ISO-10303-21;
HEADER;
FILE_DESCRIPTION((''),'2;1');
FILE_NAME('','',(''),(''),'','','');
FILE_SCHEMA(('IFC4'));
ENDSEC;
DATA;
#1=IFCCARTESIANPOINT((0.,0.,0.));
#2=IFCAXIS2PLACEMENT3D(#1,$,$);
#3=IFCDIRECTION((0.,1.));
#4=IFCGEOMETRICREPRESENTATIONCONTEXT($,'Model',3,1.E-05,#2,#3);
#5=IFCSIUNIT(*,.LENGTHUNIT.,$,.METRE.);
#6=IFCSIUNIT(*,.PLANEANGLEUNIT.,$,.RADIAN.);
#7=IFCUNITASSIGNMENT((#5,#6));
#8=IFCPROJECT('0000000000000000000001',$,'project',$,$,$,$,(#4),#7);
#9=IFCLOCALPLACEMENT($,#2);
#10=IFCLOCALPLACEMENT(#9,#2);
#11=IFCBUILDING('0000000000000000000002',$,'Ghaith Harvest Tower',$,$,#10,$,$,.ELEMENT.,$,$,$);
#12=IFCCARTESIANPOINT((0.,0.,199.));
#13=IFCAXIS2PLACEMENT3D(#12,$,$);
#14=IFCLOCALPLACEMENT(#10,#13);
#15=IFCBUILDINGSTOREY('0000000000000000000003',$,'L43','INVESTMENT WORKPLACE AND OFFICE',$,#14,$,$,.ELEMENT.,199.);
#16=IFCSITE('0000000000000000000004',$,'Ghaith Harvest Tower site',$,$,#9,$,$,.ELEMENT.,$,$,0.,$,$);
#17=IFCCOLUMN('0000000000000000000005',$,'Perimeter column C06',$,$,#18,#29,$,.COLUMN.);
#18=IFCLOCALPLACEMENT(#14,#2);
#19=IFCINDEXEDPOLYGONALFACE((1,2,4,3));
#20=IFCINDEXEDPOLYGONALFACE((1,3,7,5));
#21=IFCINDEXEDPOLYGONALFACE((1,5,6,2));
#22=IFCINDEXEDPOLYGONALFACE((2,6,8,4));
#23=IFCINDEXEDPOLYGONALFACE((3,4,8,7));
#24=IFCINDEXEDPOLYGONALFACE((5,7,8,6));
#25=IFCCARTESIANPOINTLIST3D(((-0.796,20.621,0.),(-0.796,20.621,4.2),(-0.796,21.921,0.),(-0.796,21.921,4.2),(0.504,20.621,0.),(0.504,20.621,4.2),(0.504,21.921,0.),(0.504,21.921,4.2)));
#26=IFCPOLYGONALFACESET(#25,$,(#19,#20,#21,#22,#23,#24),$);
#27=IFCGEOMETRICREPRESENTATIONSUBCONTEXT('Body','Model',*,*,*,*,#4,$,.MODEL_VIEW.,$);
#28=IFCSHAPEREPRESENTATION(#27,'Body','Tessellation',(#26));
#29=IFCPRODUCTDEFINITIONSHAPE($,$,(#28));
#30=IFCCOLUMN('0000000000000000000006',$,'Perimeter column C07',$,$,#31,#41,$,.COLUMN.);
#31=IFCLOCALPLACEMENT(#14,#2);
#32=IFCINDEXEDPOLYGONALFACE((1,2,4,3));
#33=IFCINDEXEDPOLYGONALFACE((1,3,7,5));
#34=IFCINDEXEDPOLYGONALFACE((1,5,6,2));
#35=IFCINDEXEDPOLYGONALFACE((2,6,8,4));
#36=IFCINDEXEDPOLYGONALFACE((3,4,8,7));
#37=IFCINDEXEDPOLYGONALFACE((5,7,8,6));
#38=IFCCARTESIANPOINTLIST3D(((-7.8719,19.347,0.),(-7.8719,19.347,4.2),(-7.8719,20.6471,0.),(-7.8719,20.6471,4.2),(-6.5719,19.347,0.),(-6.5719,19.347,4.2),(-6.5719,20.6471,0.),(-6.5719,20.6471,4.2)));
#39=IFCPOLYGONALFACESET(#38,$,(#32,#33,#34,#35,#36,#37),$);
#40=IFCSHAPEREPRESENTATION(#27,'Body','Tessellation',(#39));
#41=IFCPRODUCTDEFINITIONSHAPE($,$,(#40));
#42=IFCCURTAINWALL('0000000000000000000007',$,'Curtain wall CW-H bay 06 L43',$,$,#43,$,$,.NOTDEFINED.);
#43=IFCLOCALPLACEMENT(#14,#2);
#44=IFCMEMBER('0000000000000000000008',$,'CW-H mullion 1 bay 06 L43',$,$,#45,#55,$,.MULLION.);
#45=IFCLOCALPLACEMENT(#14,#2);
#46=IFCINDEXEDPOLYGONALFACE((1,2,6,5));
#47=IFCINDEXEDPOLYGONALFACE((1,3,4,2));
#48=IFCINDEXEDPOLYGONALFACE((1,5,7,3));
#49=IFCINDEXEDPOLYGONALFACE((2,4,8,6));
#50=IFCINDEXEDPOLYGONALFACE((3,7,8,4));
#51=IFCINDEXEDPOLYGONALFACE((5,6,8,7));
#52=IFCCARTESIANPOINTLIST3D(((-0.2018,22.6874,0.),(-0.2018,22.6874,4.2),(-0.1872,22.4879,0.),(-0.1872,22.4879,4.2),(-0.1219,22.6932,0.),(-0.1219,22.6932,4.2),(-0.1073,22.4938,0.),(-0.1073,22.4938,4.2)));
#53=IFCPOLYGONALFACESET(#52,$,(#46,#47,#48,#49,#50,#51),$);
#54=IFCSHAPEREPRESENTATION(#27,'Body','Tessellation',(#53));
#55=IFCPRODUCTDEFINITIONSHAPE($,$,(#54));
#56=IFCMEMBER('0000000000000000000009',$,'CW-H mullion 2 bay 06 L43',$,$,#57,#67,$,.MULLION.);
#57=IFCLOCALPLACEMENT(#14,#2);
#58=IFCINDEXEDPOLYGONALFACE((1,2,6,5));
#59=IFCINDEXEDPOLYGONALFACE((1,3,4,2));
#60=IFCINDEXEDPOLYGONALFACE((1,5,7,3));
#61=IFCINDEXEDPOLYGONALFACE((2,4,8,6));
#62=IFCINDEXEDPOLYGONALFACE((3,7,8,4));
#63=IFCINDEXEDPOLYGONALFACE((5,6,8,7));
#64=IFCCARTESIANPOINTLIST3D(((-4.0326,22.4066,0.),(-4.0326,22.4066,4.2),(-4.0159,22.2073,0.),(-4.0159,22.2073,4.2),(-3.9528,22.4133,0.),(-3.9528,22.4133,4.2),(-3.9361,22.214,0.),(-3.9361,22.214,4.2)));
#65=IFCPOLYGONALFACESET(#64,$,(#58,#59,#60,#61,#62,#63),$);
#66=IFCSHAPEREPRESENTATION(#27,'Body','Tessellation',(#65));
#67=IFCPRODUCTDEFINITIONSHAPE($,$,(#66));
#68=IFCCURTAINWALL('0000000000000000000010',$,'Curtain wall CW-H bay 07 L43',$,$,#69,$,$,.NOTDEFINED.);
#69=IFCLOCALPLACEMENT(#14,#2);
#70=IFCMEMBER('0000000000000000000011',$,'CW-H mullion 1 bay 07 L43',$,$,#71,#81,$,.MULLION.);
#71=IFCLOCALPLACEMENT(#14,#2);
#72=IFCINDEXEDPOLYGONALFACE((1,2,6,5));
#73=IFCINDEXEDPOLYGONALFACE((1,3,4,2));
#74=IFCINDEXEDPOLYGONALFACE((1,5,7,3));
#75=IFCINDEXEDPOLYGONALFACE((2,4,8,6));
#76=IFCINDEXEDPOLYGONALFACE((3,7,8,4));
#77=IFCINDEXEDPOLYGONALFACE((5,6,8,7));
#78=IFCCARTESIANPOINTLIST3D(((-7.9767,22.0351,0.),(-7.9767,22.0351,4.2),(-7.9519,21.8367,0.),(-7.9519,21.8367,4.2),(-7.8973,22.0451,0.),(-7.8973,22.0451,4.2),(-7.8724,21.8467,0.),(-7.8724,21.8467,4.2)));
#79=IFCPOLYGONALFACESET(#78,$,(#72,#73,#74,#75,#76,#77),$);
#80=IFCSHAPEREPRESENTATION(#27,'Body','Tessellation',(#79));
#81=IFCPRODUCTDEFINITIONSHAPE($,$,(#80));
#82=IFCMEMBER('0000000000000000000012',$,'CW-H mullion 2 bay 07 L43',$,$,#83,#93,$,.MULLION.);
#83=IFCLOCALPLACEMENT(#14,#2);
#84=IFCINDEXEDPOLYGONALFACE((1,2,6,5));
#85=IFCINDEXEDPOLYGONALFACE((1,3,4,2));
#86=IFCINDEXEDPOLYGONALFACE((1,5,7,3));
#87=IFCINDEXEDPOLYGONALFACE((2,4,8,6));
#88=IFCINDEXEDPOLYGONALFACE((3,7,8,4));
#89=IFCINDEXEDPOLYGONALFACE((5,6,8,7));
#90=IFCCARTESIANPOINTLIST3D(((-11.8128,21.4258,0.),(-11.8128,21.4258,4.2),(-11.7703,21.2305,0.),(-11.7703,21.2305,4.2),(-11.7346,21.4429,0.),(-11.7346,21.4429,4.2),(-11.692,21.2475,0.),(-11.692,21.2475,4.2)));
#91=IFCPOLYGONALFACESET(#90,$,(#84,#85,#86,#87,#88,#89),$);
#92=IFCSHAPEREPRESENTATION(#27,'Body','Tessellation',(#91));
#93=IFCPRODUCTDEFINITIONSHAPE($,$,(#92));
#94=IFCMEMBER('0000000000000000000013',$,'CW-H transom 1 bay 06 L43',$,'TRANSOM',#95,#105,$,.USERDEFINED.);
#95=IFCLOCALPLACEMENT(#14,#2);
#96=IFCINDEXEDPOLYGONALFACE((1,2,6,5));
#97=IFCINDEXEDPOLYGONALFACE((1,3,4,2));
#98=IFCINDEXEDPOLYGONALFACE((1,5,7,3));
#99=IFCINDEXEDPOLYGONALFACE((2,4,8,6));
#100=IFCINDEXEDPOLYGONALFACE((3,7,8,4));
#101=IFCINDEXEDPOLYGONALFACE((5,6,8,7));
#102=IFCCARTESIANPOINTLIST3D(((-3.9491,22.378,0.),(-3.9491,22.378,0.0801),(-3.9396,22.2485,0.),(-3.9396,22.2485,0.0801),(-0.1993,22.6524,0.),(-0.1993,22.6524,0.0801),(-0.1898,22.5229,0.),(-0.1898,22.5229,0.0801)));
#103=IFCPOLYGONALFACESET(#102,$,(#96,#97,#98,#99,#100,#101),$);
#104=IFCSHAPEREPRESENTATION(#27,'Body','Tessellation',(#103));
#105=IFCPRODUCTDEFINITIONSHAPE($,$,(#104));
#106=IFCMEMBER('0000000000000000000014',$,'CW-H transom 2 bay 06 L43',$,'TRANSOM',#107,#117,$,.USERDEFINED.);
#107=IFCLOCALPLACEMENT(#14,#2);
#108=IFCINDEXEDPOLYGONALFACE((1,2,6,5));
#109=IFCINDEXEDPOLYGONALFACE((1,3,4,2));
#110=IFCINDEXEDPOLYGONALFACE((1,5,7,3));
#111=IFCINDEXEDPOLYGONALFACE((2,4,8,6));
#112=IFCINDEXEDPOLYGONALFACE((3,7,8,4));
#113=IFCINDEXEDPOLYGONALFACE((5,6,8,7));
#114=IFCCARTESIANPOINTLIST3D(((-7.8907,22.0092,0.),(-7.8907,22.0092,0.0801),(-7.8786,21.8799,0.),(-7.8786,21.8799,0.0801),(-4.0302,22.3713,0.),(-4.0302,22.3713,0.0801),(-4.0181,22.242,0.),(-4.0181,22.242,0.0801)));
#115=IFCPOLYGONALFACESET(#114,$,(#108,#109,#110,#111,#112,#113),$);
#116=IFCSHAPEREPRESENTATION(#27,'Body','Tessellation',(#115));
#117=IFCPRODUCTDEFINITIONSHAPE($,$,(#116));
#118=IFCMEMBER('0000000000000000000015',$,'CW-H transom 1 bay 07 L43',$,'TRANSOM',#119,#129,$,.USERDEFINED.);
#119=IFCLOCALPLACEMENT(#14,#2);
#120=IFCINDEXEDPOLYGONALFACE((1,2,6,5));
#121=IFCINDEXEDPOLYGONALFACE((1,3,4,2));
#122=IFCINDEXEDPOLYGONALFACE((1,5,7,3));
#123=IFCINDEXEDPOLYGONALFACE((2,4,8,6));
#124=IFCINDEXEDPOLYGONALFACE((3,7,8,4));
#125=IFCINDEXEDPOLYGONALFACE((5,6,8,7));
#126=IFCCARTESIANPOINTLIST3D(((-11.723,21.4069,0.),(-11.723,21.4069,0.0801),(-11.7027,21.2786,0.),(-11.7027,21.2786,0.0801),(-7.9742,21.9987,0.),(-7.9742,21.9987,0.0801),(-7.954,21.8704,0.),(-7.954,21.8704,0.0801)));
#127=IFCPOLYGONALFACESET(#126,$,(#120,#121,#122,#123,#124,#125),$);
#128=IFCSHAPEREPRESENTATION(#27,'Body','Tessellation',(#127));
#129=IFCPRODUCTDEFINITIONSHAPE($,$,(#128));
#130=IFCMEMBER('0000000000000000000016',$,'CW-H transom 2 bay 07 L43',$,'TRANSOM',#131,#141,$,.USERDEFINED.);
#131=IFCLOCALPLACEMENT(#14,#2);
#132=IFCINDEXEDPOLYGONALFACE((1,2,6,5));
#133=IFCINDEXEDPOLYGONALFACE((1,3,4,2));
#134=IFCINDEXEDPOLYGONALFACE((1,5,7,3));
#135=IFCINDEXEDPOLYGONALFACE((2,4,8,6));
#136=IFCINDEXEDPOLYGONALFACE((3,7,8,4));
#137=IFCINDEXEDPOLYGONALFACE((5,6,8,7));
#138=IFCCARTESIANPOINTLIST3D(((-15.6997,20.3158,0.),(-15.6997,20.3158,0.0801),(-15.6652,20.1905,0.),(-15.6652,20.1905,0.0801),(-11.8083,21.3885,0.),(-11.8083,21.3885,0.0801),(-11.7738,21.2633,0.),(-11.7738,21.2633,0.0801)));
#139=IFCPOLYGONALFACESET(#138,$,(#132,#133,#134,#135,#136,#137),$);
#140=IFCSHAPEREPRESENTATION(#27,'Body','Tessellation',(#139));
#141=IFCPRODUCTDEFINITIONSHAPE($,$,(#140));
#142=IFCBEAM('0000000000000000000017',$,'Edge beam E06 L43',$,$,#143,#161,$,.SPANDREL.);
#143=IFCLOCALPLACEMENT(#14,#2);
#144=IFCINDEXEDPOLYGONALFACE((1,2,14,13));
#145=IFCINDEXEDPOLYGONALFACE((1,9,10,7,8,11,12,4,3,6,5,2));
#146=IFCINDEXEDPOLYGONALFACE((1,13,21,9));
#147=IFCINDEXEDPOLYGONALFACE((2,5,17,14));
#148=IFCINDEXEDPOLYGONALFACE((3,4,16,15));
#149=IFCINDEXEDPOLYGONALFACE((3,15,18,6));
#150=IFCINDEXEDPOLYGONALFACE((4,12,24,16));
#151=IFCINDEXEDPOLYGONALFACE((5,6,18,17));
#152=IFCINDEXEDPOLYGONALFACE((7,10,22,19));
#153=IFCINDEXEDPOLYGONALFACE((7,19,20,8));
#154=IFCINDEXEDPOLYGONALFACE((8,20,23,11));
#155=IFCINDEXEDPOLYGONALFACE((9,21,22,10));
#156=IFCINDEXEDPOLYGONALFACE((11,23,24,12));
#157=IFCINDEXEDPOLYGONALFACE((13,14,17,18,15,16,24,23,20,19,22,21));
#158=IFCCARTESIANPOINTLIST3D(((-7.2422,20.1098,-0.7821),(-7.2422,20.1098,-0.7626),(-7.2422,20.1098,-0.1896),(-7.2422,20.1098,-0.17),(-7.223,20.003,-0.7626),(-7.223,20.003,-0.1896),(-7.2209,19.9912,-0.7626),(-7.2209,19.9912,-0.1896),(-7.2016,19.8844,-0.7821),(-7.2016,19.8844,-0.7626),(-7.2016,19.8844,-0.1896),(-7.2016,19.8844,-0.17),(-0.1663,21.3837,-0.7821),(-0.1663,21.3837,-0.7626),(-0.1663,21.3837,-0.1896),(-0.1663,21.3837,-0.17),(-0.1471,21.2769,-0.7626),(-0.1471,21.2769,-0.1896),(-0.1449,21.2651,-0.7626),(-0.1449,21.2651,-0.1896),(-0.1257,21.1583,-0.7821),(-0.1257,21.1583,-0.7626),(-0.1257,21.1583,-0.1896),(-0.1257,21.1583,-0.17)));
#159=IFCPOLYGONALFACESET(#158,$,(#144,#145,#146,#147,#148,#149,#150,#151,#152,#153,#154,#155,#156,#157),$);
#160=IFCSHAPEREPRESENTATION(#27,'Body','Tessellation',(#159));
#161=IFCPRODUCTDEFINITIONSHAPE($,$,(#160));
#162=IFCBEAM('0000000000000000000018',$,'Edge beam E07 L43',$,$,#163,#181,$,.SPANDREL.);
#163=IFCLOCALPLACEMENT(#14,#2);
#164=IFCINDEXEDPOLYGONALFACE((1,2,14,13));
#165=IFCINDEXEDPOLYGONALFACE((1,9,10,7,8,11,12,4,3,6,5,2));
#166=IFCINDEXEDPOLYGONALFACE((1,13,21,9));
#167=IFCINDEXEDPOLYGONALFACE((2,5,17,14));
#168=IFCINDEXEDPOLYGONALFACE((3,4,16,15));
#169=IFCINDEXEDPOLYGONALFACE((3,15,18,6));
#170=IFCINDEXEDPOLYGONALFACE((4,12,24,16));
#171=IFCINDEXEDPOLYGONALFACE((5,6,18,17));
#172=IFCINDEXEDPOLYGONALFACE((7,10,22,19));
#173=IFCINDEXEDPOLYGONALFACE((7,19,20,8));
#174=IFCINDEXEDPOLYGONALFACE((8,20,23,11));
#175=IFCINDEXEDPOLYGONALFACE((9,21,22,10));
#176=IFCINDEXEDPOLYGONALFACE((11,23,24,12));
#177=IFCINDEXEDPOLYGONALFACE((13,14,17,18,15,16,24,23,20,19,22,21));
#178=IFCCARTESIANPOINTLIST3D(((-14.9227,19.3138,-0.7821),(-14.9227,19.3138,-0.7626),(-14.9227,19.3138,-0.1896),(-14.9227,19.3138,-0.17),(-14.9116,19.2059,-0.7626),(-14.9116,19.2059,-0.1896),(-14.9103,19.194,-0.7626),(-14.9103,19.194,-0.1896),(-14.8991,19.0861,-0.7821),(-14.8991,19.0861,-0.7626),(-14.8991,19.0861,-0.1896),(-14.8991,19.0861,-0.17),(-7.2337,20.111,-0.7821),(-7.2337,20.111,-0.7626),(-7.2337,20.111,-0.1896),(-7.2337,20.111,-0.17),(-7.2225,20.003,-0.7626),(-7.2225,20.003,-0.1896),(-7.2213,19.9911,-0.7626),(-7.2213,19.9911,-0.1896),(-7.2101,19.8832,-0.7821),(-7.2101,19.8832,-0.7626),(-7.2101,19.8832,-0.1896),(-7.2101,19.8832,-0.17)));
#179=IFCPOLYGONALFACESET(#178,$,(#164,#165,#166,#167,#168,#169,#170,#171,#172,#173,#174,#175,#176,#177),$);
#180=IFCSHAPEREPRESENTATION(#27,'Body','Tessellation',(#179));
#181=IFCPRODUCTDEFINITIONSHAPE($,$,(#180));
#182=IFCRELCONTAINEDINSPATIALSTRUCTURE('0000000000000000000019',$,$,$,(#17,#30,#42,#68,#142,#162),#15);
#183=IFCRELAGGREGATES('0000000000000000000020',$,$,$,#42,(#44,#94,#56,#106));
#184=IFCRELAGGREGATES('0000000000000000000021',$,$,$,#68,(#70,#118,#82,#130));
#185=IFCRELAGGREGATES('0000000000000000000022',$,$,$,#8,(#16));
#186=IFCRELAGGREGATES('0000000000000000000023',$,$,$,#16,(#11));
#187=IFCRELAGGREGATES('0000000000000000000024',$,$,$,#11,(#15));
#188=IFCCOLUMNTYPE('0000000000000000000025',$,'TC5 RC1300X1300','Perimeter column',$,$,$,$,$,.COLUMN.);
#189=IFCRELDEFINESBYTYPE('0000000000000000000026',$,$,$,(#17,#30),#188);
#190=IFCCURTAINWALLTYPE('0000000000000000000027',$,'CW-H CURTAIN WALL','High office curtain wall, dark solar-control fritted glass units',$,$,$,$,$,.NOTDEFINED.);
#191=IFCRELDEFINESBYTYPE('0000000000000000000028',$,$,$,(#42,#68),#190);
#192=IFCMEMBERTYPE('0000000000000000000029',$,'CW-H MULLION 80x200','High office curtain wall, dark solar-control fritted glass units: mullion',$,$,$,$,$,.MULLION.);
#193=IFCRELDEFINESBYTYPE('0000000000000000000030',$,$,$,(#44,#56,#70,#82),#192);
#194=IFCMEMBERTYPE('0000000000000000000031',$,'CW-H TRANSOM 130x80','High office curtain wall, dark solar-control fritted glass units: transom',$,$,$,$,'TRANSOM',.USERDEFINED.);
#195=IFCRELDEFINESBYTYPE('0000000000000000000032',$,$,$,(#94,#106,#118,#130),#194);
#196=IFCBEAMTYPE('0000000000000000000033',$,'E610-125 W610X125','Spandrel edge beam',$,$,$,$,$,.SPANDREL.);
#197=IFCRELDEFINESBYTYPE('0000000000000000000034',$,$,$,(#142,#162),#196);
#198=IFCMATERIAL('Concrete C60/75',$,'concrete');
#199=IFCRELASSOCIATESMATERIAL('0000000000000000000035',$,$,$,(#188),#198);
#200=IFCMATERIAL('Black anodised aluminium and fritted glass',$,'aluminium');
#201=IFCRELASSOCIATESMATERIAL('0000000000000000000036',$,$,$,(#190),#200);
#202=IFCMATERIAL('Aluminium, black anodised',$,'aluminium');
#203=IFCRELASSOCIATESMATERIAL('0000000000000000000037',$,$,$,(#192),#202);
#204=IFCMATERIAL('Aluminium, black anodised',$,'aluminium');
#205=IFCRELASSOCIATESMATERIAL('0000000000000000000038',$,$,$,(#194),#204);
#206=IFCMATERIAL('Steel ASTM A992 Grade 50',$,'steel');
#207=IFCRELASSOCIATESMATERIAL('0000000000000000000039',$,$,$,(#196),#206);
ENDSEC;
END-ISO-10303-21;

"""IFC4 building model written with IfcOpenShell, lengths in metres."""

from ifc_helpers import new_model, si_unit, direction, frame, origin, origin_2d, place, context, subcontext, project, spatial, rectangle, i_section, extrude, material, material_profile, profile_set, type_object, element, aggregate, save


model = new_model("IFC4")

# Units and contexts
model_context = context("Model", 3, precision=1e-05, world=origin(), true_north=direction((0.0, 1.0)))
body_context = subcontext(model_context, "Body", "Model", "MODEL_VIEW")
ifc_project = project(units=[si_unit("LENGTHUNIT", "METRE"), si_unit("PLANEANGLEUNIT", "RADIAN")], contexts=[model_context])

# Site, building, storey
site_placement = place(None, origin())
site = spatial("IfcSite", under=ifc_project, at=site_placement, Name="Ghaith Harvest Tower site", CompositionType="ELEMENT", RefElevation=0.0)
building_placement = place(site_placement, origin())
building = spatial("IfcBuilding", under=site, at=building_placement, Name="Ghaith Harvest Tower", CompositionType="ELEMENT")
storey_placement = place(building_placement, frame((0.0, 0.0, 199.0)))
storey = spatial("IfcBuildingStorey", under=building, at=storey_placement, Name="L43", Description="INVESTMENT WORKPLACE AND OFFICE", CompositionType="ELEMENT", Elevation=199.0)

# Columns
ifc_material_1 = material(Name="Concrete C60/75", Category="concrete")
ifc_material_profile_1 = material_profile(ifc_material_1, rectangle(XDim=1.3, YDim=1.3, at=origin_2d()), Name="RC1300X1300")
ifc_profile_set_1 = profile_set([ifc_material_profile_1], Name="Concrete C60/75")
column_type = type_object("IfcColumnType", Name="TC5 RC1300X1300", Description="Perimeter column", PredefinedType="COLUMN", material=ifc_profile_set_1)
for number, where, z_axis, x_axis, name in (
    (1, (-0.146, 21.271, 0.0), (0.0, 0.0, 1.0), (1.0, 0.0, 0.0), "Perimeter column C06"),
    (2, (-7.2219, 19.9971, 0.0), (0.0, 0.0, 1.0), (1.0, 0.0, 0.0), "Perimeter column C07"),
):
    element("IfcColumn", number, at=place(storey_placement, frame(where, z_axis=z_axis, x_axis=x_axis)), inside=storey, type_object=column_type, Name=name, PredefinedType="COLUMN", context=body_context, shape_type="SweptSolid", body=[
        extrude(rectangle(XDim=1.3, YDim=1.3, at=origin_2d()), origin(), (0.0, 0.0, 1.0), 4.2),
    ])

# Curtain walls, members
ifc_material_2 = material(Name="Black anodised aluminium and fritted glass", Category="aluminium")
curtain_wall_type = type_object("IfcCurtainWallType", Name="CW-H CURTAIN WALL", Description="High office curtain wall, dark solar-control fritted glass units", PredefinedType="NOTDEFINED", material=ifc_material_2)
curtain_wall_1_placement = place(storey_placement, origin())
curtain_wall_1 = element("IfcCurtainWall", 3, at=curtain_wall_1_placement, inside=storey, type_object=curtain_wall_type, Name="Curtain wall CW-H bay 06 L43", PredefinedType="NOTDEFINED")
ifc_material_3 = material(Name="Aluminium, black anodised", Category="aluminium")
ifc_material_profile_2 = material_profile(ifc_material_3, rectangle(XDim=0.0801, YDim=0.2, at=origin_2d()), Name="CW-H MULLION 80x200")
ifc_profile_set_2 = profile_set([ifc_material_profile_2], Name="Aluminium, black anodised")
member_type_1 = type_object("IfcMemberType", Name="CW-H MULLION 80x200", Description="High office curtain wall, dark solar-control fritted glass units: mullion", PredefinedType="MULLION", material=ifc_profile_set_2)
member_1_placement = place(storey_placement, frame((-0.1545, 22.5906, 0.0), z_axis=(0.0, 0.0, 1.0), x_axis=(-0.997329, -0.073037, 0.0)))
member_1 = element("IfcMember", 4, at=member_1_placement, type_object=member_type_1, Name="CW-H mullion 1 bay 06 L43", PredefinedType="MULLION", context=body_context, shape_type="SweptSolid", body=[
    extrude(rectangle(XDim=0.0801, YDim=0.2, at=origin_2d()), origin(), (0.0, 0.0, 1.0), 4.2),
])
member_2_placement = place(storey_placement, frame((-3.9844, 22.3103, 0.0), z_axis=(0.0, 0.0, 1.0), x_axis=(-0.996523, -0.083324, 0.0)))
member_2 = element("IfcMember", 5, at=member_2_placement, type_object=member_type_1, Name="CW-H mullion 2 bay 06 L43", PredefinedType="MULLION", context=body_context, shape_type="SweptSolid", body=[
    extrude(rectangle(XDim=0.0801, YDim=0.2, at=origin_2d()), origin(), (0.0, 0.0, 1.0), 4.2),
])
curtain_wall_2_placement = place(storey_placement, origin())
curtain_wall_2 = element("IfcCurtainWall", 6, at=curtain_wall_2_placement, inside=storey, type_object=curtain_wall_type, Name="Curtain wall CW-H bay 07 L43", PredefinedType="NOTDEFINED")
member_3_placement = place(storey_placement, frame((-7.9246, 21.9409, 0.0), z_axis=(0.0, 0.0, 1.0), x_axis=(-0.992235, -0.124373, 0.0)))
member_3 = element("IfcMember", 7, at=member_3_placement, type_object=member_type_1, Name="CW-H mullion 1 bay 07 L43", PredefinedType="MULLION", context=body_context, shape_type="SweptSolid", body=[
    extrude(rectangle(XDim=0.0801, YDim=0.2, at=origin_2d()), origin(), (0.0, 0.0, 1.0), 4.2),
])
member_4_placement = place(storey_placement, frame((-11.7524, 21.3367, 0.0), z_axis=(0.0, 0.0, 1.0), x_axis=(-0.977086, -0.212843, 0.0)))
member_4 = element("IfcMember", 8, at=member_4_placement, type_object=member_type_1, Name="CW-H mullion 2 bay 07 L43", PredefinedType="MULLION", context=body_context, shape_type="SweptSolid", body=[
    extrude(rectangle(XDim=0.0801, YDim=0.2, at=origin_2d()), origin(), (0.0, 0.0, 1.0), 4.2),
])

# Members
ifc_material_4 = material(Name="Aluminium, black anodised", Category="aluminium")
ifc_material_profile_3 = material_profile(ifc_material_4, rectangle(XDim=0.1299, YDim=0.0801, at=origin_2d()), Name="CW-H TRANSOM 130x80")
ifc_profile_set_3 = profile_set([ifc_material_profile_3], Name="Aluminium, black anodised")
member_type_2 = type_object("IfcMemberType", Name="CW-H TRANSOM 130x80", Description="High office curtain wall, dark solar-control fritted glass units: transom", ElementType="TRANSOM", PredefinedType="USERDEFINED", material=ifc_profile_set_3)
member_5_placement = place(storey_placement, frame((-0.1946, 22.5876, 0.04), z_axis=(-0.997333, -0.072987, 0.0), x_axis=(0.072987, -0.997333, 0.0)))
member_5 = element("IfcMember", 9, at=member_5_placement, type_object=member_type_2, Name="CW-H transom 1 bay 06 L43", ObjectType="TRANSOM", PredefinedType="USERDEFINED", context=body_context, shape_type="SweptSolid", body=[
    extrude(rectangle(XDim=0.1299, YDim=0.0801, at=origin_2d()), origin(), (0.0, 0.0, 1.0), 3.7598),
])
member_6_placement = place(storey_placement, frame((-4.0242, 22.3066, 0.04), z_axis=(-0.995631, -0.093374, 0.0), x_axis=(0.093374, -0.995631, 0.0)))
member_6 = element("IfcMember", 10, at=member_6_placement, type_object=member_type_2, Name="CW-H transom 2 bay 06 L43", ObjectType="TRANSOM", PredefinedType="USERDEFINED", context=body_context, shape_type="SweptSolid", body=[
    extrude(rectangle(XDim=0.1299, YDim=0.0801, at=origin_2d()), origin(), (0.0, 0.0, 1.0), 3.8774),
])
member_7_placement = place(storey_placement, frame((-7.9641, 21.9346, 0.04), z_axis=(-0.987768, -0.155933, 0.0), x_axis=(0.155933, -0.987768, 0.0)))
member_7 = element("IfcMember", 11, at=member_7_placement, type_object=member_type_2, Name="CW-H transom 1 bay 07 L43", ObjectType="TRANSOM", PredefinedType="USERDEFINED", context=body_context, shape_type="SweptSolid", body=[
    extrude(rectangle(XDim=0.1299, YDim=0.0801, at=origin_2d()), origin(), (0.0, 0.0, 1.0), 3.7952),
])
member_8_placement = place(storey_placement, frame((-11.791, 21.3259, 0.04), z_axis=(-0.964039, -0.265762, 0.0), x_axis=(0.265762, -0.964039, 0.0)))
member_8 = element("IfcMember", 12, at=member_8_placement, type_object=member_type_2, Name="CW-H transom 2 bay 07 L43", ObjectType="TRANSOM", PredefinedType="USERDEFINED", context=body_context, shape_type="SweptSolid", body=[
    extrude(rectangle(XDim=0.1299, YDim=0.0801, at=origin_2d()), origin(), (0.0, 0.0, 1.0), 4.0366),
])

# Beams
ifc_material_5 = material(Name="Steel ASTM A992 Grade 50", Category="steel")
ifc_material_profile_4 = material_profile(ifc_material_5, i_section(OverallWidth=0.229, OverallDepth=0.6121, WebThickness=0.012, FlangeThickness=0.0195, at=origin_2d()), Name="W610X125")
ifc_profile_set_4 = profile_set([ifc_material_profile_4], Name="Steel ASTM A992 Grade 50")
beam_type_1 = type_object("IfcBeamType", Name="E610-125 W610X125", Description="Spandrel edge beam", PredefinedType="SPANDREL", material=ifc_profile_set_4)
beam_1_placement = place(storey_placement, frame((-0.146, 21.271, -0.4761), z_axis=(-0.984177, -0.177188, 0.0), x_axis=(0.177188, -0.984177, 0.0)))
element("IfcBeam", 13, at=beam_1_placement, inside=storey, type_object=beam_type_1, Name="Edge beam E06 L43", PredefinedType="SPANDREL", context=body_context, shape_type="SweptSolid", body=[
    extrude(i_section(OverallWidth=0.229, OverallDepth=0.6121, WebThickness=0.012, FlangeThickness=0.0195, at=origin_2d()), origin(), (0.0, 0.0, 1.0), 7.1897),
])
beam_2_placement = place(storey_placement, frame((-7.2219, 19.9971, -0.4761), z_axis=(-0.994669, -0.103118, 0.0), x_axis=(0.103118, -0.994669, 0.0)))
element("IfcBeam", 14, at=beam_2_placement, inside=storey, type_object=beam_type_1, Name="Edge beam E07 L43", PredefinedType="SPANDREL", context=body_context, shape_type="SweptSolid", body=[
    extrude(i_section(OverallWidth=0.229, OverallDepth=0.6121, WebThickness=0.012, FlangeThickness=0.0195, at=origin_2d()), origin(), (0.0, 0.0, 1.0), 7.7302),
])

aggregate(curtain_wall_1, [member_1, member_5, member_2, member_6])
aggregate(curtain_wall_2, [member_3, member_7, member_4, member_8])

save(model, "model.ifc")
